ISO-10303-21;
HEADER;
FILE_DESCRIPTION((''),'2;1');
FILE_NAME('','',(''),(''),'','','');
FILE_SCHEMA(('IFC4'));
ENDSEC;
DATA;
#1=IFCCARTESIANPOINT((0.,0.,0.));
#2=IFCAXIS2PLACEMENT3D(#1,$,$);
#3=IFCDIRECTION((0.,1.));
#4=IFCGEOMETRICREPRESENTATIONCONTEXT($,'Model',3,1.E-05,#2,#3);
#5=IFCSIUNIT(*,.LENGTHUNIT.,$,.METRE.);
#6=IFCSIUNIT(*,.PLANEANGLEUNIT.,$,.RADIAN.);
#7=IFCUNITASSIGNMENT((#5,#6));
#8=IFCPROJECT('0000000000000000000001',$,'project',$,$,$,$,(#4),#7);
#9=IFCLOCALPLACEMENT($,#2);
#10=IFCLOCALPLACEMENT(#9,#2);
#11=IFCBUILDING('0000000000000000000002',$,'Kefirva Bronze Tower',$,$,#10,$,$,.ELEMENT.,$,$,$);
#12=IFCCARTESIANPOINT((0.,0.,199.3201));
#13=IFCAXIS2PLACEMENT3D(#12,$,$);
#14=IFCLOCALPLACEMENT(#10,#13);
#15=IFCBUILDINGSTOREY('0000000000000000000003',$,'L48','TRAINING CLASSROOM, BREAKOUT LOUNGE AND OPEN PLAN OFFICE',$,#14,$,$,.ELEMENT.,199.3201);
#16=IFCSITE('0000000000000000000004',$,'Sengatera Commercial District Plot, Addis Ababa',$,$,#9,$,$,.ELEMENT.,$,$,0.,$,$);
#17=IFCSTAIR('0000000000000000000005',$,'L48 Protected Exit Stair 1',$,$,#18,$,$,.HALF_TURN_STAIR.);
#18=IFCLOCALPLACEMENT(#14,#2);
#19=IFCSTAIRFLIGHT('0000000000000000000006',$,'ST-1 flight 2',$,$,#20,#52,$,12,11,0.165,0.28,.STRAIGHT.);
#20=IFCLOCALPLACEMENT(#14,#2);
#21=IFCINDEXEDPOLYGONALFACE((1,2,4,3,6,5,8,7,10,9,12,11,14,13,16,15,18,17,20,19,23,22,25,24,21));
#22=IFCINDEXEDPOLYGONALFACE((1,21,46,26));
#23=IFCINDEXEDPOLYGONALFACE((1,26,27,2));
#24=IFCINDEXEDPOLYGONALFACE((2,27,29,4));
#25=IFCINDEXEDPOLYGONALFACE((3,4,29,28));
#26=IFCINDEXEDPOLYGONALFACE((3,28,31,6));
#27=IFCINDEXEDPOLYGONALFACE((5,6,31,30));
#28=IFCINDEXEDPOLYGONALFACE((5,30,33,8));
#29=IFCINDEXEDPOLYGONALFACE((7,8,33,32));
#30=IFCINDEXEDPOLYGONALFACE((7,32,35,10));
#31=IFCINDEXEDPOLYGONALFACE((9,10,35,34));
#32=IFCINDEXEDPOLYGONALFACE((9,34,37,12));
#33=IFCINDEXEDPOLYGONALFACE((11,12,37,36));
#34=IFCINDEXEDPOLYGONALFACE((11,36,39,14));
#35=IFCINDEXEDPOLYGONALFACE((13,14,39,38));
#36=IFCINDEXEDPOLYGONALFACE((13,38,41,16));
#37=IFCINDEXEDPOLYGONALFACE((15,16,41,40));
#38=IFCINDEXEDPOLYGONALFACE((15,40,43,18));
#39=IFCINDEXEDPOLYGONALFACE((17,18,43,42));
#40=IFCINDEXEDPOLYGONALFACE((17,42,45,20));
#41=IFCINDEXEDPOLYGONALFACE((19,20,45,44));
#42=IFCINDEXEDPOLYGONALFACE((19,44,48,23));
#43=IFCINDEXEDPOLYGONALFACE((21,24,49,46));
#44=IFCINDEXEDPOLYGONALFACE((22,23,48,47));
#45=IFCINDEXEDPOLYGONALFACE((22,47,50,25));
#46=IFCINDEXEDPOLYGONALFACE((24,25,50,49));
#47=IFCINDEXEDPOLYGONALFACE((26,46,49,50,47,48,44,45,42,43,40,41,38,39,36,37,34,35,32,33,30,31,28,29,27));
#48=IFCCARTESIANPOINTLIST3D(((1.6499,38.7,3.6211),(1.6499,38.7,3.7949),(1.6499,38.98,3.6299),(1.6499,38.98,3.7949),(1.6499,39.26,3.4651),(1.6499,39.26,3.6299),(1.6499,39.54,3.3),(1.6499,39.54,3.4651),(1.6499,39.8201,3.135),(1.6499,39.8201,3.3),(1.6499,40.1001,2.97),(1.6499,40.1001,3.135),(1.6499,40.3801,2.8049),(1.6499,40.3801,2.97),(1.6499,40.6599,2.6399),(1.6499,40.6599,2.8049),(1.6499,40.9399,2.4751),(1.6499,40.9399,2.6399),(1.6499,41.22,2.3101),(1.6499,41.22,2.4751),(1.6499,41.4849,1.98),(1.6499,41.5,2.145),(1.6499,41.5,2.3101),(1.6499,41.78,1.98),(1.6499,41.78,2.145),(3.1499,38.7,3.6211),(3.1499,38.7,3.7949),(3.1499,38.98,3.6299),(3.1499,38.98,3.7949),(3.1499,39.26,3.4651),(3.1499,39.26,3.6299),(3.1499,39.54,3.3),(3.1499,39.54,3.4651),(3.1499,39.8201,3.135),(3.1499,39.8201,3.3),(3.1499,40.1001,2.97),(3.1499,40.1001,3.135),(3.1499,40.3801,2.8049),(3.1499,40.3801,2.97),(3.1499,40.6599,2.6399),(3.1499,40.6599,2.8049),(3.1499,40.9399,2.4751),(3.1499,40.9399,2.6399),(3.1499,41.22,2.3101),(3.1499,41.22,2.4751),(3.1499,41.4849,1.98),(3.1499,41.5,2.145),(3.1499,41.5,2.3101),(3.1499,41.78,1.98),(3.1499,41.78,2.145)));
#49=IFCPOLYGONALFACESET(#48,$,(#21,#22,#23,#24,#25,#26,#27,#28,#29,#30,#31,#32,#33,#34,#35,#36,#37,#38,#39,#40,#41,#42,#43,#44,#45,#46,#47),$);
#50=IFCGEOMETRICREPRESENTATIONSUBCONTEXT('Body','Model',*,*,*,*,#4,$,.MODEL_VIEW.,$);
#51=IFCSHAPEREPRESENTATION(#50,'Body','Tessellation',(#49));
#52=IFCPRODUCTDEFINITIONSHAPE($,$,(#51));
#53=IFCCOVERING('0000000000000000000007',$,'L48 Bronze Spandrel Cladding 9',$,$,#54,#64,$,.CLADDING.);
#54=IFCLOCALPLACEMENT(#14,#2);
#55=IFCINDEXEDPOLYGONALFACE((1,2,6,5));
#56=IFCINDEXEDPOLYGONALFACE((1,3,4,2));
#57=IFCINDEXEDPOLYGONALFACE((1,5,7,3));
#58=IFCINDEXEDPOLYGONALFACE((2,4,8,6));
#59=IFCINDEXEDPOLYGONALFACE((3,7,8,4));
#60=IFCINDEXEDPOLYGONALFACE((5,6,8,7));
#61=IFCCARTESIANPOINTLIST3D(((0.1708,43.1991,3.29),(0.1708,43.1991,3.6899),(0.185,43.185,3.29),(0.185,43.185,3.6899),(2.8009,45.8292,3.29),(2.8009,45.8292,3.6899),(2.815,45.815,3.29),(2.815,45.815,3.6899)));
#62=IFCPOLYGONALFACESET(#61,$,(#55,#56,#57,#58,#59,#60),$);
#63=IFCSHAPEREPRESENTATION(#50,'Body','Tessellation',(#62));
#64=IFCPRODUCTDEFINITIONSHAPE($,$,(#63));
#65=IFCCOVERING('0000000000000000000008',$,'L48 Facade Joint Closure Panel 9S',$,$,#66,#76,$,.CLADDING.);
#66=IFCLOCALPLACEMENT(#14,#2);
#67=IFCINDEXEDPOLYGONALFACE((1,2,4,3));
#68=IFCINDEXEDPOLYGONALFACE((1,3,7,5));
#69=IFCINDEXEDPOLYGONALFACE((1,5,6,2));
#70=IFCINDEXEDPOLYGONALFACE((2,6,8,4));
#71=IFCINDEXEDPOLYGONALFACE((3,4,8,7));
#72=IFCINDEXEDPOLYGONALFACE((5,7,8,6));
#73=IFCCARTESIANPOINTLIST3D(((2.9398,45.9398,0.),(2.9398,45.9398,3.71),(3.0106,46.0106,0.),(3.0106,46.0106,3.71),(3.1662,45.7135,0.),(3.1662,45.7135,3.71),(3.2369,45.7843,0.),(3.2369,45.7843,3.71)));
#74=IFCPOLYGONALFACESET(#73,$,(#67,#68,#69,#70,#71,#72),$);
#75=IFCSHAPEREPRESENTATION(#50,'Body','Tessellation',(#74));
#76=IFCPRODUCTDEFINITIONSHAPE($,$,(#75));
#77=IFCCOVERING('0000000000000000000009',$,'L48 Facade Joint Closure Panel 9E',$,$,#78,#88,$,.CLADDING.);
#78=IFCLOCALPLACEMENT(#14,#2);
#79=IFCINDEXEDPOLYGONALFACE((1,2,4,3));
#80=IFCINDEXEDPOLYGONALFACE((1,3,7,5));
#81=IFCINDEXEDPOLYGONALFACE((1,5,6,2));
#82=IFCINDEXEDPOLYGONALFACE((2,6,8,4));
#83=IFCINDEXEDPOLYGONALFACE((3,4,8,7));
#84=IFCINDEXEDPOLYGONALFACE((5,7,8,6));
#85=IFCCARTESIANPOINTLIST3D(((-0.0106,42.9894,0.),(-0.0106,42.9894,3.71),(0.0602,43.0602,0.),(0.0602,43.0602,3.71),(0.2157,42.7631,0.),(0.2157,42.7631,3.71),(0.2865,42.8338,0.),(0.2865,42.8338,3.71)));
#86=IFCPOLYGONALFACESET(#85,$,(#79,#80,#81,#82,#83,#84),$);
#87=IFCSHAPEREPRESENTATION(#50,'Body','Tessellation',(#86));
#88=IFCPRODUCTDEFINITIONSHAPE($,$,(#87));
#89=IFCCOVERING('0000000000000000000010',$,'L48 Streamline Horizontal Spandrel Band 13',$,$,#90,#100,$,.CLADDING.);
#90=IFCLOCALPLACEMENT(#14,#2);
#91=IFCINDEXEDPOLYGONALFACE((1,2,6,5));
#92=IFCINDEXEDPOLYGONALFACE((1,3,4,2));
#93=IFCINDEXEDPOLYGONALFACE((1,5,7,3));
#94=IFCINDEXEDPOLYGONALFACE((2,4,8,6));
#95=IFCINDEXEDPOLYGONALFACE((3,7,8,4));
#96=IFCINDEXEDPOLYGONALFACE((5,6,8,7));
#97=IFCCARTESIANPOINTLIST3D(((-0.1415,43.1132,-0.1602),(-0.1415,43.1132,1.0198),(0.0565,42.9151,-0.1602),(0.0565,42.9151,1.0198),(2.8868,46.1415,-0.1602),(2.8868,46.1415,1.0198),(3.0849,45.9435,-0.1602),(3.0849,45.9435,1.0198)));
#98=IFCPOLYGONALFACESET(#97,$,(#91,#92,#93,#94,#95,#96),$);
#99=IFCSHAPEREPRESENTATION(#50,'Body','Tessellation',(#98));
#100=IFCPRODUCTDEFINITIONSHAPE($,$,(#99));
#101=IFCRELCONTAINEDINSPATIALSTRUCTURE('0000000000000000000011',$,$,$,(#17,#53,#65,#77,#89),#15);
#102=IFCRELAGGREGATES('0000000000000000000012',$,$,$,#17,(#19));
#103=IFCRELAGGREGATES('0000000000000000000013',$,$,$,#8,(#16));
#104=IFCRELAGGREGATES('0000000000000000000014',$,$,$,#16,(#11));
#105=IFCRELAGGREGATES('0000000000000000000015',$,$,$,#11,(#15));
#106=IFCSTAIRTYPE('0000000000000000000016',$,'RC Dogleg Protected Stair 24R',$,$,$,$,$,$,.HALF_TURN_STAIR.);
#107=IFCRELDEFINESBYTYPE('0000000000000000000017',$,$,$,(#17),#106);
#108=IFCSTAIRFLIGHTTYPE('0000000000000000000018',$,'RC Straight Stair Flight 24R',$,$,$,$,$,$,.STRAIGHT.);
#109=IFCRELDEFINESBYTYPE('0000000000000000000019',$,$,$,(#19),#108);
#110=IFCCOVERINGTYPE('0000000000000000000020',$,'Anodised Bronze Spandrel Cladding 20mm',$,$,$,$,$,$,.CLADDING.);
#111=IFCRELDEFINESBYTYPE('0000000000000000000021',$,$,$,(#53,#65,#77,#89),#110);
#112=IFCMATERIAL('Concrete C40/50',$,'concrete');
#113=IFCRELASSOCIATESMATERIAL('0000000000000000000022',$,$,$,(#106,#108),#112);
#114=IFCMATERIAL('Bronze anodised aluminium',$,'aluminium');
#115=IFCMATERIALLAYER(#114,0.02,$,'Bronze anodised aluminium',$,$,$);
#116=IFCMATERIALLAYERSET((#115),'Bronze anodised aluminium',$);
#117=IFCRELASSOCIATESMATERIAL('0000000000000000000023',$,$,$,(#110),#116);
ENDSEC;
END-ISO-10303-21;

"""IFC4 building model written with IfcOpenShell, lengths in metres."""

from ifc_helpers import new_model, si_unit, direction, frame, origin, origin_2d, place, context, subcontext, project, spatial, polyline, rectangle, outline, extrude, material, layer, layer_set, type_object, element, aggregate, save


model = new_model("IFC4")

# Units and contexts
model_context = context("Model", 3, precision=1e-05, world=origin(), true_north=direction((0.0, 1.0)))
body_context = subcontext(model_context, "Body", "Model", "MODEL_VIEW")
ifc_project = project(units=[si_unit("LENGTHUNIT", "METRE"), si_unit("PLANEANGLEUNIT", "RADIAN")], contexts=[model_context])

# Site, building, storey
site_placement = place(None, origin())
site = spatial("IfcSite", under=ifc_project, at=site_placement, Name="Sengatera Commercial District Plot, Addis Ababa", CompositionType="ELEMENT", RefElevation=0.0)
building_placement = place(site_placement, origin())
building = spatial("IfcBuilding", under=site, at=building_placement, Name="Kefirva Bronze Tower", CompositionType="ELEMENT")
storey_placement = place(building_placement, frame((0.0, 0.0, 199.3201)))
storey = spatial("IfcBuildingStorey", under=building, at=storey_placement, Name="L48", Description="TRAINING CLASSROOM, BREAKOUT LOUNGE AND OPEN PLAN OFFICE", CompositionType="ELEMENT", Elevation=199.3201)

# Shared definitions
ifc_material_1 = material(Name="Bronze anodised aluminium", Category="aluminium")

# Stair, stair flight
ifc_material_2 = material(Name="Concrete C40/50", Category="concrete")
stair_type = type_object("IfcStairType", Name="RC Dogleg Protected Stair 24R", PredefinedType="HALF_TURN_STAIR", material=ifc_material_2)
stair_placement = place(storey_placement, origin())
stair = element("IfcStair", 1, at=stair_placement, inside=storey, type_object=stair_type, Name="L48 Protected Exit Stair 1", PredefinedType="HALF_TURN_STAIR")
stair_flight_type = type_object("IfcStairFlightType", Name="RC Straight Stair Flight 24R", PredefinedType="STRAIGHT", material=ifc_material_2)
stair_flight_1_placement = place(storey_placement, frame((2.3999, 41.78, 1.98), z_axis=(0.0, 0.0, 1.0), x_axis=(0.0, -1.0, 0.0)))
stair_flight_1 = element("IfcStairFlight", 2, at=stair_flight_1_placement, type_object=stair_flight_type, Name="ST-1 flight 2", NumberOfRisers=12, NumberOfTreads=11, PredefinedType="STRAIGHT", RiserHeight=0.165, TreadLength=0.28, context=body_context, shape_type="SweptSolid", body=[
    extrude(outline(polyline([(0.0, 0.0), (0.0, 0.165), (0.28, 0.165), (0.28, 0.3301), (0.5601, 0.3301), (0.5601, 0.4951), (0.8401, 0.4951), (0.8401, 0.6599), (1.1201, 0.6599), (1.1201, 0.825), (1.3999, 0.825), (1.3999, 0.99), (1.6799, 0.99), (1.6799, 1.155), (1.96, 1.155), (1.96, 1.3201), (2.24, 1.3201), (2.24, 1.4851), (2.52, 1.4851), (2.52, 1.6499), (2.8, 1.6499), (2.8, 1.8149), (3.0801, 1.8149), (3.0801, 1.98), (3.0801, 1.6411), (0.2952, 0.0), (0.0, 0.0)])), frame((0.0, 0.75, 0.0), z_axis=(0.0, -1.0, 0.0), x_axis=(1.0, 0.0, 0.0)), (0.0, 0.0, 1.0), 1.5),
])
aggregate(stair, [stair_flight_1])

# Coverings
ifc_layer_1 = layer(ifc_material_1, 0.02, Name="Bronze anodised aluminium")
ifc_layer_set_1 = layer_set([ifc_layer_1], Name="Bronze anodised aluminium")
covering_type_1 = type_object("IfcCoveringType", Name="Anodised Bronze Spandrel Cladding 20mm", PredefinedType="CLADDING", material=ifc_layer_set_1)
covering_1_placement = place(storey_placement, frame((1.4929, 44.5071, 3.29), z_axis=(0.0, 0.0, 1.0), x_axis=(-0.707107, -0.707107, 0.0)))
element("IfcCovering", 3, at=covering_1_placement, inside=storey, type_object=covering_type_1, Name="L48 Bronze Spandrel Cladding 9", PredefinedType="CLADDING", context=body_context, shape_type="SweptSolid", body=[
    extrude(rectangle(XDim=3.7195, YDim=0.02, at=origin_2d()), origin(), (0.0, 0.0, 1.0), 0.3999),
])
for number, where, z_axis, x_axis, name in (
    (4, (3.0884, 45.8621, 0.0), (0.0, 0.0, 1.0), (-0.707107, -0.707107, 0.0), "L48 Facade Joint Closure Panel 9S"),
    (5, (0.1379, 42.9116, 0.0), (0.0, 0.0, 1.0), (-0.707107, -0.707107, 0.0), "L48 Facade Joint Closure Panel 9E"),
):
    element("IfcCovering", number, at=place(storey_placement, frame(where, z_axis=z_axis, x_axis=x_axis)), inside=storey, type_object=covering_type_1, Name=name, PredefinedType="CLADDING", context=body_context, shape_type="SweptSolid", body=[
        extrude(rectangle(XDim=0.1001, YDim=0.3201, at=origin_2d()), origin(), (0.0, 0.0, 1.0), 3.71),
    ])
covering_2_placement = place(storey_placement, frame((1.4717, 44.5283, -0.1602), z_axis=(0.0, 0.0, 1.0), x_axis=(-0.707107, -0.707107, 0.0)))
element("IfcCovering", 6, at=covering_2_placement, inside=storey, type_object=covering_type_1, Name="L48 Streamline Horizontal Spandrel Band 13", PredefinedType="CLADDING", context=body_context, shape_type="SweptSolid", body=[
    extrude(rectangle(XDim=4.2827, YDim=0.28, at=origin_2d()), origin(), (0.0, 0.0, 1.0), 1.1799),
])

save(model, "model.ifc")
